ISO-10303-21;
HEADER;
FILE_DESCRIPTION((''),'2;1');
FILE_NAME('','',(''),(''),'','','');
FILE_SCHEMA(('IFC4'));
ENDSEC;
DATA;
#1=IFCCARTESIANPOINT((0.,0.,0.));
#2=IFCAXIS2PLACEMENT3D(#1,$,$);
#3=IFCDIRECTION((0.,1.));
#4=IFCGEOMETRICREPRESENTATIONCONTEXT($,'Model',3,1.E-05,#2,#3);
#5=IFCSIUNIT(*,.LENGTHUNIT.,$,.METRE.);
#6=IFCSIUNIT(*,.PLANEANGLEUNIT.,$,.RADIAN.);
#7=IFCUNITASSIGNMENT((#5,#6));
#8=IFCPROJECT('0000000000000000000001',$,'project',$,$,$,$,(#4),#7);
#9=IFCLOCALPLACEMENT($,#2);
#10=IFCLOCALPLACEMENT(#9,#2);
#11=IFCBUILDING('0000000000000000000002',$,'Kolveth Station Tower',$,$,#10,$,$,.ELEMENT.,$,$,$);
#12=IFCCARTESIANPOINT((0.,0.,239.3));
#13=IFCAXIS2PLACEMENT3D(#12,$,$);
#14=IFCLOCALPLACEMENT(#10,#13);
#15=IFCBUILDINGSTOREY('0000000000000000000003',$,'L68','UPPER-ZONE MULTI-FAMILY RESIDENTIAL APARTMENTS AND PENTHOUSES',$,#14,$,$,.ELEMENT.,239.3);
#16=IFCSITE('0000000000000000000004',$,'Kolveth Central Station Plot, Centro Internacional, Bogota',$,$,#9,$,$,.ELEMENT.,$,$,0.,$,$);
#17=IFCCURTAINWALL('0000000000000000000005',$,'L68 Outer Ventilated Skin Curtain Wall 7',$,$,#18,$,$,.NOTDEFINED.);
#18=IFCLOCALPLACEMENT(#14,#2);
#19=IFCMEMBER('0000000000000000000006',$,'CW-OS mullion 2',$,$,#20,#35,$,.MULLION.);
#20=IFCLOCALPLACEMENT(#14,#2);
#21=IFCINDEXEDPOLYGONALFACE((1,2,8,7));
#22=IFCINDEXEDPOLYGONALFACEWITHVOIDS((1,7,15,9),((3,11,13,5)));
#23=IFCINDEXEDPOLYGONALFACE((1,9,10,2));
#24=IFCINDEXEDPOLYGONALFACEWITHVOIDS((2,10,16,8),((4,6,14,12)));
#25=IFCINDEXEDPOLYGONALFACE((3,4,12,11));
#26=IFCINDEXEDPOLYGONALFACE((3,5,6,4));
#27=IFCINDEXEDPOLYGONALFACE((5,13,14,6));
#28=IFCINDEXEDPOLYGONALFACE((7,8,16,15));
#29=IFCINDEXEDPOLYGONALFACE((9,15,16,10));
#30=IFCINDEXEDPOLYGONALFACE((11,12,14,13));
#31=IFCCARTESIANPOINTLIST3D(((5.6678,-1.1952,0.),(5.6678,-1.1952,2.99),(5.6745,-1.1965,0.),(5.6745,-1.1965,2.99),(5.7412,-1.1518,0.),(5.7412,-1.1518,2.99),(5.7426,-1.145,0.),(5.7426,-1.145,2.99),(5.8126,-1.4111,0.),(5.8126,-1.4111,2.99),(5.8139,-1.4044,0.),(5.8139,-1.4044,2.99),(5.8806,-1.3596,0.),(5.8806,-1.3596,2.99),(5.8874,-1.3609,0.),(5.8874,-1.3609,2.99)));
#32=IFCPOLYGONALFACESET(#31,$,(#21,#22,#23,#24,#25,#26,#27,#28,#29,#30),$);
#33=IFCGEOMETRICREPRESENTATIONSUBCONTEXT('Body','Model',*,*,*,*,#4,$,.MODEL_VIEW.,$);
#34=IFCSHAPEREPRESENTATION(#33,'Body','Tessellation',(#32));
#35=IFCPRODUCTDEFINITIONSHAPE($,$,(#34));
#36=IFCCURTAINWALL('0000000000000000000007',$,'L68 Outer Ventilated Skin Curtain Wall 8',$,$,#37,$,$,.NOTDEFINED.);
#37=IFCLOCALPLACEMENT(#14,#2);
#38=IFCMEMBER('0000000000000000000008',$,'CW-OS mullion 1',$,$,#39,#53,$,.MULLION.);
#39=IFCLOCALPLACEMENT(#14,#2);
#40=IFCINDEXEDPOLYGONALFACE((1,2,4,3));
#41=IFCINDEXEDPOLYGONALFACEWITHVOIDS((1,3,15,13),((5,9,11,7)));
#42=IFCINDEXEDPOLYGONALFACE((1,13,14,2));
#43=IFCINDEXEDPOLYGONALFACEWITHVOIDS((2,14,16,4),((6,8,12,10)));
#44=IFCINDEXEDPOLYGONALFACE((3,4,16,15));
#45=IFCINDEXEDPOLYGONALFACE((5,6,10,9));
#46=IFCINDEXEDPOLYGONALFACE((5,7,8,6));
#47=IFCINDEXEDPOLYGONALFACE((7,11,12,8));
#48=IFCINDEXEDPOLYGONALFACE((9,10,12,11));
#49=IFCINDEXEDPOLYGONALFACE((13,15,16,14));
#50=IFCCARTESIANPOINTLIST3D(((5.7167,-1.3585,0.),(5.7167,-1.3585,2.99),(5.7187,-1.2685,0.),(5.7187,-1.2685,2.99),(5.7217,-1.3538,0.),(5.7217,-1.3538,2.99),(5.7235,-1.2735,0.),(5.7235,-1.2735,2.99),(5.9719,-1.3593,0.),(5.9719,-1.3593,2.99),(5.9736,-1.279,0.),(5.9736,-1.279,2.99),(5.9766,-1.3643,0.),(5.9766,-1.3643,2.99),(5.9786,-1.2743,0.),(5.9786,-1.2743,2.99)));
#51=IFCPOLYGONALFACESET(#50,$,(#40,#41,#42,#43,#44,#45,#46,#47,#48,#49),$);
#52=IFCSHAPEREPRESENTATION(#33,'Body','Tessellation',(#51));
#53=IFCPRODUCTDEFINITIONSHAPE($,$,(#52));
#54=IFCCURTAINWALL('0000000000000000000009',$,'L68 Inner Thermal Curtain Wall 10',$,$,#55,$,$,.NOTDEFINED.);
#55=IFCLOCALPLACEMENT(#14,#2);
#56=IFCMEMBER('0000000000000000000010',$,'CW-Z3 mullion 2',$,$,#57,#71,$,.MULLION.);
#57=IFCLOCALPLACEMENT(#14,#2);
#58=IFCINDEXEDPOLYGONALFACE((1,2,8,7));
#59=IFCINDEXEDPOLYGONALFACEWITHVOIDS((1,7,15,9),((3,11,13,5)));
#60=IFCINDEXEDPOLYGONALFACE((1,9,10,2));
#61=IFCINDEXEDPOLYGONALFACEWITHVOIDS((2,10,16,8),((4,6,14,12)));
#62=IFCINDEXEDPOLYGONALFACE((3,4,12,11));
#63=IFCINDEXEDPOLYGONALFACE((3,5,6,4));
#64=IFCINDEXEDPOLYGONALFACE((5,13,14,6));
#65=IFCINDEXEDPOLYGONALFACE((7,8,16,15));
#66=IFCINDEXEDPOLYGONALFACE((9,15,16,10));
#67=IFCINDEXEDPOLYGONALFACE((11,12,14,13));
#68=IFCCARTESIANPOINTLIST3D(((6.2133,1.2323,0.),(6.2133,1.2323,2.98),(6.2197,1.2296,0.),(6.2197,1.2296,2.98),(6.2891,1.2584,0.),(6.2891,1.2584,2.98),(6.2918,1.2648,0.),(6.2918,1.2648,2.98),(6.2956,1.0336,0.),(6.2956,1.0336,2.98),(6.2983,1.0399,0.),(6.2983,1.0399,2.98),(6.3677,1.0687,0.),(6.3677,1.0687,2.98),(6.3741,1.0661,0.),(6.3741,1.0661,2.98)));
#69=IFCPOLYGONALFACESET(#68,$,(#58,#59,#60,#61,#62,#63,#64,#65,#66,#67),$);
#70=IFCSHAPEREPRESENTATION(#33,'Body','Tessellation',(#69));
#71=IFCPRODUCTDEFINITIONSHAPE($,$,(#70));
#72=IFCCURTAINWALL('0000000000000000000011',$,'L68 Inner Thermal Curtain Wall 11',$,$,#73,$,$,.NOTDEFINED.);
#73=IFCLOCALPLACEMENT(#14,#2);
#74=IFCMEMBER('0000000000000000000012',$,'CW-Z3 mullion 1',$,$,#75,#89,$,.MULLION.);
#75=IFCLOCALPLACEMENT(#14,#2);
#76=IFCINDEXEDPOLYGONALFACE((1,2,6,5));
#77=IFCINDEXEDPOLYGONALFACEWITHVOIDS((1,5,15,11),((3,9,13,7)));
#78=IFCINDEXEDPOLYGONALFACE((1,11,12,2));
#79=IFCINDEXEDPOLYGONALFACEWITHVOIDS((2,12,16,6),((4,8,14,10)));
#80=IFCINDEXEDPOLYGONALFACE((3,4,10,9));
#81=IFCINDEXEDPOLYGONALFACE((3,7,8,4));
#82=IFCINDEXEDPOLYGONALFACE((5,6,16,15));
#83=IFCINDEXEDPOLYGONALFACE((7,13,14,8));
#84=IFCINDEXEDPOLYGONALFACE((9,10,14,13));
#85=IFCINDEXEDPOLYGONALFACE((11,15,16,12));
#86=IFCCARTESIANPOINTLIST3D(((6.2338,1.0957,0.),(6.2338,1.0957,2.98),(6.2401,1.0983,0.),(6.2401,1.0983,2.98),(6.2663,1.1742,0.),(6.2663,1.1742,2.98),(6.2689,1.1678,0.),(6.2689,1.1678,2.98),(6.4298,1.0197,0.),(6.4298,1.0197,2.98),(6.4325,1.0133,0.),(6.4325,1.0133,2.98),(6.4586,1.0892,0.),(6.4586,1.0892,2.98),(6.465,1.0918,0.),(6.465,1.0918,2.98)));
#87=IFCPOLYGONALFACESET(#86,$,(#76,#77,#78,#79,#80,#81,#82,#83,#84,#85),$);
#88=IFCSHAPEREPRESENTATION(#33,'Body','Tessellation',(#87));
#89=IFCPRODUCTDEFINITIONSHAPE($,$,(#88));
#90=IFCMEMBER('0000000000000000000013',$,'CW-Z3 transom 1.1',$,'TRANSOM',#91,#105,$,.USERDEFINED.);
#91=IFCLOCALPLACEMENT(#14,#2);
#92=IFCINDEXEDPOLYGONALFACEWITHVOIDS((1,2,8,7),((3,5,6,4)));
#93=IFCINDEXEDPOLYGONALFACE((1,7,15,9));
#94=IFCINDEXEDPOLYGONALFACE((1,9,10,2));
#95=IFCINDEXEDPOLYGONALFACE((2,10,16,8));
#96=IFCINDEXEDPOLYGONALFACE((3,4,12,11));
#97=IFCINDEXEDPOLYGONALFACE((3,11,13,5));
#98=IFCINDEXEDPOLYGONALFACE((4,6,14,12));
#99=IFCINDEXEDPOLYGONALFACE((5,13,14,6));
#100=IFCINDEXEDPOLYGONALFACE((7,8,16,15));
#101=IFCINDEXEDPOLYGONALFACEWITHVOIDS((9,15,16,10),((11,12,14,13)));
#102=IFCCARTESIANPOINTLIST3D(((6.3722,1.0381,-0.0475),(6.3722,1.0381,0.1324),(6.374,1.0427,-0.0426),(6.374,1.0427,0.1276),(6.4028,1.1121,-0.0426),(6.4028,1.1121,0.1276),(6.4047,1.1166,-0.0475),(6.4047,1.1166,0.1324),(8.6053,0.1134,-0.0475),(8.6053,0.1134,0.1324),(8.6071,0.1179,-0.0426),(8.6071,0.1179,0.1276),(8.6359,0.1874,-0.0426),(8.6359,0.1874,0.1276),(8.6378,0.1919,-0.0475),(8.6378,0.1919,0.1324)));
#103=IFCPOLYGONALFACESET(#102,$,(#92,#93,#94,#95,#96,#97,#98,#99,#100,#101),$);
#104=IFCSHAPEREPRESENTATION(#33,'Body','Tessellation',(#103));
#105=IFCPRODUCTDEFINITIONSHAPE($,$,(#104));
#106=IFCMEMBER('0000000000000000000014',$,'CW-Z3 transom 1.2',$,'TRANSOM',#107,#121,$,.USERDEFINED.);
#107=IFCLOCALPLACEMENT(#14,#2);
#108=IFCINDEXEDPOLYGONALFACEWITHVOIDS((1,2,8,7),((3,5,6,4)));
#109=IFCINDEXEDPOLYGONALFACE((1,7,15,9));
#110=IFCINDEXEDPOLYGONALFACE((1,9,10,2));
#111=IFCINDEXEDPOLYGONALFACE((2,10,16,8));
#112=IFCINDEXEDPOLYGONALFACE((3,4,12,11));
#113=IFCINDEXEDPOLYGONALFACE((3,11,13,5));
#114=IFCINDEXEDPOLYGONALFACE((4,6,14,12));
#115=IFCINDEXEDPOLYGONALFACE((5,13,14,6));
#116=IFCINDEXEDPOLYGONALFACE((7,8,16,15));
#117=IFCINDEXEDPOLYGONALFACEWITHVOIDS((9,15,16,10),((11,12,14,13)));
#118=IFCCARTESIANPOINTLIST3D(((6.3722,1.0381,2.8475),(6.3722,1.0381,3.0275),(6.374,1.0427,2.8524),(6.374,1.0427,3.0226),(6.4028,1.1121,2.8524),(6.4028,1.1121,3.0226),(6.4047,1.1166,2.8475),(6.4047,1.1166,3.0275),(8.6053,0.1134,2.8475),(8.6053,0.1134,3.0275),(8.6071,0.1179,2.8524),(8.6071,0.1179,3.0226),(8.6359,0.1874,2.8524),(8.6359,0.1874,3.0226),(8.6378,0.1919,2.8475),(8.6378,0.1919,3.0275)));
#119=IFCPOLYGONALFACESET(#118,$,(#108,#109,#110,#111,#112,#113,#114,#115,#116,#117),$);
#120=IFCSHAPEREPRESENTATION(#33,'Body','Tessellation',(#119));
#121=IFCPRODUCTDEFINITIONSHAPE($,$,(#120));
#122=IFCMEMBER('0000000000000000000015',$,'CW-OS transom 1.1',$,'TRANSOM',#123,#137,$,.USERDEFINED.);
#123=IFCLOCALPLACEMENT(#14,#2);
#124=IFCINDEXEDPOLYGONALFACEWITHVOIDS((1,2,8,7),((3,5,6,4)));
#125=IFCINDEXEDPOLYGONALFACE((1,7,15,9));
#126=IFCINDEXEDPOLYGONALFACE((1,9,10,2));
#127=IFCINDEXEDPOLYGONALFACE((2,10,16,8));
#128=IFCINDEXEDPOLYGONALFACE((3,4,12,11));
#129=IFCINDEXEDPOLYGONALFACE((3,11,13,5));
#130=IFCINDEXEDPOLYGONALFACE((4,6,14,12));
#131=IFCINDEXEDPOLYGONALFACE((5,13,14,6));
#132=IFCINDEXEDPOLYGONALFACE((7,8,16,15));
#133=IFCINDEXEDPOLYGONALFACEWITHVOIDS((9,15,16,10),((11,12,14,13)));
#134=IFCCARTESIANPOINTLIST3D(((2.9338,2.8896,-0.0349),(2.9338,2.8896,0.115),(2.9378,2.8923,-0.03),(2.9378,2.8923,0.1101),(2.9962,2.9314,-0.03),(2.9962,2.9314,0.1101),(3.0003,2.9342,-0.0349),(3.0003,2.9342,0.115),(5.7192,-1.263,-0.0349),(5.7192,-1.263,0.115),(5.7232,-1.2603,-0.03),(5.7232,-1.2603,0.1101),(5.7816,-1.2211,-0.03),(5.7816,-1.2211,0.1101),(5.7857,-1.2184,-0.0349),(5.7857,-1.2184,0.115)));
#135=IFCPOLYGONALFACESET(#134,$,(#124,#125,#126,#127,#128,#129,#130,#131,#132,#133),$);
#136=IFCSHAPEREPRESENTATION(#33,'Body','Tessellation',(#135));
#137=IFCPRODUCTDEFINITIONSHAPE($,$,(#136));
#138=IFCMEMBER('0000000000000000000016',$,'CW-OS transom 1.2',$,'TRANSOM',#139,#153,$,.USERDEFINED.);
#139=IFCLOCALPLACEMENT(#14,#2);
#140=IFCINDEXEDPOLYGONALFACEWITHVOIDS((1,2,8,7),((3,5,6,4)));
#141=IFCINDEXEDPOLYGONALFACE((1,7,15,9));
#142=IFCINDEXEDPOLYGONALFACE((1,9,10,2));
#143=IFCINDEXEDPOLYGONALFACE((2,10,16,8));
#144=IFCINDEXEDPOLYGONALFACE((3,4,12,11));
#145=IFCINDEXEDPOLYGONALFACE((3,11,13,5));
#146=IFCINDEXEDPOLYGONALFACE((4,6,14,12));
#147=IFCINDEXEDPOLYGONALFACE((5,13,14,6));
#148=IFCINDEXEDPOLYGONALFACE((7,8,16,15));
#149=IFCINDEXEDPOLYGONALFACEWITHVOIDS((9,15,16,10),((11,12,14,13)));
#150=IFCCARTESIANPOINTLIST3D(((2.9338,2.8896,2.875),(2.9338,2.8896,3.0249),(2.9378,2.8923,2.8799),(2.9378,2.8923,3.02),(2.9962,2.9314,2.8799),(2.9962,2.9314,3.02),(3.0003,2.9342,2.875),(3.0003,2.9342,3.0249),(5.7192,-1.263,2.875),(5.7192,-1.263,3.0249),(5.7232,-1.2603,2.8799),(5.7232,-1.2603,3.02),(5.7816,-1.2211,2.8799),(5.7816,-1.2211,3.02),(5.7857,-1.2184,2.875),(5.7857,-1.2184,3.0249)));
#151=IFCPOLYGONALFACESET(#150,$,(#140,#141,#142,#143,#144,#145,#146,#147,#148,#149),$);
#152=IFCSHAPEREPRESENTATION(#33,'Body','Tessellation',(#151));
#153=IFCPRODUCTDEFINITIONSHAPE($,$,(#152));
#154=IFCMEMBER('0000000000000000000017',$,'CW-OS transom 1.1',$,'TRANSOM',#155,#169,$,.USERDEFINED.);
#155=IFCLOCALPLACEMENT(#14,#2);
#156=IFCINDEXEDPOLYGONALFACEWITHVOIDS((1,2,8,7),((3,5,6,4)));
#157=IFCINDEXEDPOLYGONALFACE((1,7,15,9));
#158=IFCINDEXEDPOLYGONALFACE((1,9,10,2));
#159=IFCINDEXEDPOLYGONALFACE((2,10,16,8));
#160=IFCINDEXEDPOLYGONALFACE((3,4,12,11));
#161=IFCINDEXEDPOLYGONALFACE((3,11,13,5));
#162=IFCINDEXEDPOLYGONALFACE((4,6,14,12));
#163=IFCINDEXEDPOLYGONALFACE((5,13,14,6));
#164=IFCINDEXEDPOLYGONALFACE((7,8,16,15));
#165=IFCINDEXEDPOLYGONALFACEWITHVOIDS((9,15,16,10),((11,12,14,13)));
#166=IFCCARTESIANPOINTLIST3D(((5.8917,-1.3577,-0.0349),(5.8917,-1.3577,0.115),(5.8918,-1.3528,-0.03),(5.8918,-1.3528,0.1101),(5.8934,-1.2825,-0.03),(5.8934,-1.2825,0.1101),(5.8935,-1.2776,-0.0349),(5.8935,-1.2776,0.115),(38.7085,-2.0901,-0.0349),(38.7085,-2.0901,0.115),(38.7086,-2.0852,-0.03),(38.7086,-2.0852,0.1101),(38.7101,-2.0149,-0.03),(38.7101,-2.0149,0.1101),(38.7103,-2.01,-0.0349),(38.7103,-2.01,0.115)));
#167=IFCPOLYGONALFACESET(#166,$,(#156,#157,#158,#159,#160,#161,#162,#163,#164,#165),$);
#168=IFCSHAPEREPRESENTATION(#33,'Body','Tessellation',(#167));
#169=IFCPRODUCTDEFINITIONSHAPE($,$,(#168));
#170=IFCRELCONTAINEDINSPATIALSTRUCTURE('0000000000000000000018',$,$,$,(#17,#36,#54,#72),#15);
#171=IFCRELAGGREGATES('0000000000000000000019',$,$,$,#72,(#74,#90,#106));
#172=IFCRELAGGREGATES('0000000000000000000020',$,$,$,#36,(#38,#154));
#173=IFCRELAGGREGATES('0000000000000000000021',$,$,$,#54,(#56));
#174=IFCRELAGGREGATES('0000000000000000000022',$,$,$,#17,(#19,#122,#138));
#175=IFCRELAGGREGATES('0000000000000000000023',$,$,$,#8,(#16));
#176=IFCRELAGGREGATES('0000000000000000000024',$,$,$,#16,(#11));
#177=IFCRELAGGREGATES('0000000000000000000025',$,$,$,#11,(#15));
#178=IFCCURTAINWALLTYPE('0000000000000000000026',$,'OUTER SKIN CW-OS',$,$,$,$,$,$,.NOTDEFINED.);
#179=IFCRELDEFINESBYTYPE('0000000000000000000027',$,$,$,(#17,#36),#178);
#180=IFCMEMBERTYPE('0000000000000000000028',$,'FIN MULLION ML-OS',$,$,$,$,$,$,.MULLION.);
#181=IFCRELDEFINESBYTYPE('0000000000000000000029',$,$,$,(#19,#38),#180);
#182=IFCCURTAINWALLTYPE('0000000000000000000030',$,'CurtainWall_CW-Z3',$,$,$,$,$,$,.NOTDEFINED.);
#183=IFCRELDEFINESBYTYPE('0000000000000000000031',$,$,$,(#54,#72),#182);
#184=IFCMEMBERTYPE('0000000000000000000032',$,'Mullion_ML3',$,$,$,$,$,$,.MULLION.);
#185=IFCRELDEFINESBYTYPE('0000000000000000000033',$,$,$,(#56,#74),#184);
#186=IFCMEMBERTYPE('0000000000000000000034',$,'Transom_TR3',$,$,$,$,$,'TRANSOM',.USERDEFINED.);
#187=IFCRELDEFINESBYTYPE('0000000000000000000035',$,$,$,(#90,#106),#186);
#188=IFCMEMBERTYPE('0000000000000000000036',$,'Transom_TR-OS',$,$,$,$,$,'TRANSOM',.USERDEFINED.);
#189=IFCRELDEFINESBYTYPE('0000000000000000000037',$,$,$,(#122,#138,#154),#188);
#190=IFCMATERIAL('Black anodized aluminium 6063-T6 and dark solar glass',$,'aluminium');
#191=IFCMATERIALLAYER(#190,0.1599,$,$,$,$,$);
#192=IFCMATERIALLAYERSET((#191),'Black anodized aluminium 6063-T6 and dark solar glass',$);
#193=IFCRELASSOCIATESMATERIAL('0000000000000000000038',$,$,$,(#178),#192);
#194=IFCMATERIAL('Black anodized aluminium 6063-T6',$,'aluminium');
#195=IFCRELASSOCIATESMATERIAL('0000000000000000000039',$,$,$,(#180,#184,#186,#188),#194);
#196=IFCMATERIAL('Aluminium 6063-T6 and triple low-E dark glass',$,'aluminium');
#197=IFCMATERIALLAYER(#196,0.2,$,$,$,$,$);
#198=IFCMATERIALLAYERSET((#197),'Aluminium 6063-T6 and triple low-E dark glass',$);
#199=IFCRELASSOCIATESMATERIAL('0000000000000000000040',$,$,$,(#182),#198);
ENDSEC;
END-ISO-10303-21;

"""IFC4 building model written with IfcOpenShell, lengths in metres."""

from ifc_helpers import new_model, si_unit, direction, frame, origin, origin_2d, place, context, subcontext, project, spatial, hollow_rectangle, extrude, source, transform, mapped, material, layer, layer_set, material_profile, profile_set, type_object, element, aggregate, save


model = new_model("IFC4")

# Units and contexts
model_context = context("Model", 3, precision=1e-05, world=origin(), true_north=direction((0.0, 1.0)))
body_context = subcontext(model_context, "Body", "Model", "MODEL_VIEW")
ifc_project = project(units=[si_unit("LENGTHUNIT", "METRE"), si_unit("PLANEANGLEUNIT", "RADIAN")], contexts=[model_context])

# Site, building, storey
site_placement = place(None, origin())
site = spatial("IfcSite", under=ifc_project, at=site_placement, Name="Kolveth Central Station Plot, Centro Internacional, Bogota", CompositionType="ELEMENT", RefElevation=0.0)
building_placement = place(site_placement, origin())
building = spatial("IfcBuilding", under=site, at=building_placement, Name="Kolveth Station Tower", CompositionType="ELEMENT")
storey_placement = place(building_placement, frame((0.0, 0.0, 239.3)))
storey = spatial("IfcBuildingStorey", under=building, at=storey_placement, Name="L68", Description="UPPER-ZONE MULTI-FAMILY RESIDENTIAL APARTMENTS AND PENTHOUSES", CompositionType="ELEMENT", Elevation=239.3)

# Curtain walls, members
ifc_material_1 = material(Name="Black anodized aluminium 6063-T6 and dark solar glass", Category="aluminium")
ifc_layer_1 = layer(ifc_material_1, 0.1599)
ifc_layer_set_1 = layer_set([ifc_layer_1], Name="Black anodized aluminium 6063-T6 and dark solar glass")
curtain_wall_type_1 = type_object("IfcCurtainWallType", Name="OUTER SKIN CW-OS", PredefinedType="NOTDEFINED", material=ifc_layer_set_1)
curtain_wall_1_placement = place(storey_placement, origin())
curtain_wall_1 = element("IfcCurtainWall", 1, at=curtain_wall_1_placement, inside=storey, type_object=curtain_wall_type_1, Name="L68 Outer Ventilated Skin Curtain Wall 7", PredefinedType="NOTDEFINED")
ifc_material_2 = material(Name="Black anodized aluminium 6063-T6", Category="aluminium")
ifc_material_profile_1 = material_profile(ifc_material_2, hollow_rectangle(XDim=0.0901, YDim=0.26, WallThickness=0.0049, at=origin_2d()), Name="ALU-90x260x5")
ifc_profile_set_1 = profile_set([ifc_material_profile_1], Name="Black anodized aluminium 6063-T6")
member_type_1 = type_object("IfcMemberType", Name="FIN MULLION ML-OS", PredefinedType="MULLION", material=ifc_profile_set_1)
shared_shape_1 = source(origin(), body_context, "Body", "SweptSolid", [
    extrude(hollow_rectangle(XDim=0.0901, YDim=0.26, WallThickness=0.0049, at=origin_2d()), origin(), (0.0, 0.0, 1.0), 2.99),
])
member_1_placement = place(storey_placement, frame((5.7776, -1.2781, 0.0), z_axis=(0.0, 0.0, 1.0), x_axis=(0.830458, 0.557081, 0.0)))
member_1 = element("IfcMember", 2, at=member_1_placement, type_object=member_type_1, Name="CW-OS mullion 2", PredefinedType="MULLION", context=body_context, shape_type="MappedRepresentation", body=[
    mapped(shared_shape_1, transform((0.0, 0.0, 0.0), x_axis=(1.0, 0.0, 0.0), y_axis=(0.0, 1.0, 0.0), z_axis=(0.0, 0.0, 1.0), scale=1.0)),
])
curtain_wall_2_placement = place(storey_placement, origin())
curtain_wall_2 = element("IfcCurtainWall", 3, at=curtain_wall_2_placement, inside=storey, type_object=curtain_wall_type_1, Name="L68 Outer Ventilated Skin Curtain Wall 8", PredefinedType="NOTDEFINED")
member_2_placement = place(storey_placement, frame((5.8477, -1.3164, 0.0), z_axis=(0.0, 0.0, 1.0), x_axis=(0.022315, 0.999751, 0.0)))
member_2 = element("IfcMember", 4, at=member_2_placement, type_object=member_type_1, Name="CW-OS mullion 1", PredefinedType="MULLION", context=body_context, shape_type="MappedRepresentation", body=[
    mapped(shared_shape_1, transform((0.0, 0.0, 0.0), x_axis=(1.0, 0.0, 0.0), y_axis=(0.0, 1.0, 0.0), z_axis=(0.0, 0.0, 1.0), scale=1.0)),
])
ifc_material_3 = material(Name="Aluminium 6063-T6 and triple low-E dark glass", Category="aluminium")
ifc_layer_2 = layer(ifc_material_3, 0.2)
ifc_layer_set_2 = layer_set([ifc_layer_2], Name="Aluminium 6063-T6 and triple low-E dark glass")
curtain_wall_type_2 = type_object("IfcCurtainWallType", Name="CurtainWall_CW-Z3", PredefinedType="NOTDEFINED", material=ifc_layer_set_2)
curtain_wall_3_placement = place(storey_placement, origin())
curtain_wall_3 = element("IfcCurtainWall", 5, at=curtain_wall_3_placement, inside=storey, type_object=curtain_wall_type_2, Name="L68 Inner Thermal Curtain Wall 10", PredefinedType="NOTDEFINED")
ifc_material_profile_2 = material_profile(ifc_material_2, hollow_rectangle(XDim=0.085, YDim=0.2151, WallThickness=0.0049, at=origin_2d()), Name="ALU-85x215x5")
ifc_profile_set_2 = profile_set([ifc_material_profile_2], Name="Black anodized aluminium 6063-T6")
member_type_2 = type_object("IfcMemberType", Name="Mullion_ML3", PredefinedType="MULLION", material=ifc_profile_set_2)
shared_shape_2 = source(origin(), body_context, "Body", "SweptSolid", [
    extrude(hollow_rectangle(XDim=0.085, YDim=0.2151, WallThickness=0.0049, at=origin_2d()), origin(), (0.0, 0.0, 1.0), 2.98),
])
member_3_placement = place(storey_placement, frame((6.2937, 1.1492, 0.0), z_axis=(0.0, 0.0, 1.0), x_axis=(0.923875, 0.382693, 0.0)))
member_3 = element("IfcMember", 6, at=member_3_placement, type_object=member_type_2, Name="CW-Z3 mullion 2", PredefinedType="MULLION", context=body_context, shape_type="MappedRepresentation", body=[
    mapped(shared_shape_2, transform((0.0, 0.0, 0.0), x_axis=(1.0, 0.0, 0.0), y_axis=(0.0, 1.0, 0.0), z_axis=(0.0, 0.0, 1.0), scale=1.0)),
])

# Curtain wall, members
curtain_wall_4_placement = place(storey_placement, origin())
curtain_wall_4 = element("IfcCurtainWall", 7, at=curtain_wall_4_placement, inside=storey, type_object=curtain_wall_type_2, Name="L68 Inner Thermal Curtain Wall 11", PredefinedType="NOTDEFINED")
member_4_placement = place(storey_placement, frame((6.3494, 1.0938, 0.0), z_axis=(0.0, 0.0, 1.0), x_axis=(0.382693, 0.923875, 0.0)))
member_4 = element("IfcMember", 8, at=member_4_placement, type_object=member_type_2, Name="CW-Z3 mullion 1", PredefinedType="MULLION", context=body_context, shape_type="MappedRepresentation", body=[
    mapped(shared_shape_2, transform((0.0, 0.0, 0.0), x_axis=(1.0, 0.0, 0.0), y_axis=(0.0, 1.0, 0.0), z_axis=(0.0, 0.0, 1.0), scale=1.0)),
])
ifc_material_profile_3 = material_profile(ifc_material_2, hollow_rectangle(XDim=0.085, YDim=0.1799, WallThickness=0.0049, at=origin_2d()), Name="ALU-85x180x5")
ifc_profile_set_3 = profile_set([ifc_material_profile_3], Name="Black anodized aluminium 6063-T6")
member_type_3 = type_object("IfcMemberType", Name="Transom_TR3", ElementType="TRANSOM", PredefinedType="USERDEFINED", material=ifc_profile_set_3)
shared_shape_3 = source(origin(), body_context, "Body", "SweptSolid", [
    extrude(hollow_rectangle(XDim=0.085, YDim=0.1799, WallThickness=0.0049, at=origin_2d()), origin(), (0.0, 0.0, 1.0), 2.417),
])
member_5_placement = place(storey_placement, frame((6.3884, 1.0774, 0.0425), z_axis=(0.923909, -0.382613, 0.0), x_axis=(0.382613, 0.923909, 0.0)))
member_5 = element("IfcMember", 9, at=member_5_placement, type_object=member_type_3, Name="CW-Z3 transom 1.1", ObjectType="TRANSOM", PredefinedType="USERDEFINED", context=body_context, shape_type="MappedRepresentation", body=[
    mapped(shared_shape_3, transform((0.0, 0.0, 0.0), x_axis=(1.0, 0.0, 0.0), y_axis=(0.0, 1.0, 0.0), z_axis=(0.0, 0.0, 1.0), scale=1.0)),
])
member_6_placement = place(storey_placement, frame((6.3884, 1.0774, 2.9375), z_axis=(0.923909, -0.382613, 0.0), x_axis=(0.382613, 0.923909, 0.0)))
member_6 = element("IfcMember", 10, at=member_6_placement, type_object=member_type_3, Name="CW-Z3 transom 1.2", ObjectType="TRANSOM", PredefinedType="USERDEFINED", context=body_context, shape_type="MappedRepresentation", body=[
    mapped(shared_shape_3, transform((0.0, 0.0, 0.0), x_axis=(1.0, 0.0, 0.0), y_axis=(0.0, 1.0, 0.0), z_axis=(0.0, 0.0, 1.0), scale=1.0)),
])
aggregate(curtain_wall_4, [member_4, member_5, member_6])

# Members
ifc_material_profile_4 = material_profile(ifc_material_2, hollow_rectangle(XDim=0.0801, YDim=0.1499, WallThickness=0.0049, at=origin_2d()), Name="ALU-80x150x5")
ifc_profile_set_4 = profile_set([ifc_material_profile_4], Name="Black anodized aluminium 6063-T6")
member_type_4 = type_object("IfcMemberType", Name="Transom_TR-OS", ElementType="TRANSOM", PredefinedType="USERDEFINED", material=ifc_profile_set_4)
shared_shape_4 = source(origin(), body_context, "Body", "SweptSolid", [
    extrude(hollow_rectangle(XDim=0.0801, YDim=0.1499, WallThickness=0.0049, at=origin_2d()), origin(), (0.0, 0.0, 1.0), 5.0002),
])
member_7_placement = place(storey_placement, frame((2.967, 2.9119, 0.04), z_axis=(0.557053, -0.830477, 0.0), x_axis=(0.830477, 0.557053, 0.0)))
member_7 = element("IfcMember", 11, at=member_7_placement, type_object=member_type_4, Name="CW-OS transom 1.1", ObjectType="TRANSOM", PredefinedType="USERDEFINED", context=body_context, shape_type="MappedRepresentation", body=[
    mapped(shared_shape_4, transform((0.0, 0.0, 0.0), x_axis=(1.0, 0.0, 0.0), y_axis=(0.0, 1.0, 0.0), z_axis=(0.0, 0.0, 1.0), scale=1.0)),
])
member_8_placement = place(storey_placement, frame((2.967, 2.9119, 2.95), z_axis=(0.557053, -0.830477, 0.0), x_axis=(0.830477, 0.557053, 0.0)))
member_8 = element("IfcMember", 12, at=member_8_placement, type_object=member_type_4, Name="CW-OS transom 1.2", ObjectType="TRANSOM", PredefinedType="USERDEFINED", context=body_context, shape_type="MappedRepresentation", body=[
    mapped(shared_shape_4, transform((0.0, 0.0, 0.0), x_axis=(1.0, 0.0, 0.0), y_axis=(0.0, 1.0, 0.0), z_axis=(0.0, 0.0, 1.0), scale=1.0)),
])
shared_shape_5 = source(origin(), body_context, "Body", "SweptSolid", [
    extrude(hollow_rectangle(XDim=0.0801, YDim=0.1499, WallThickness=0.0049, at=origin_2d()), origin(), (0.0, 0.0, 1.0), 32.825),
])
member_9_placement = place(storey_placement, frame((5.8926, -1.3176, 0.04), z_axis=(0.999751, -0.022313, 0.0), x_axis=(0.022313, 0.999751, 0.0)))
member_9 = element("IfcMember", 13, at=member_9_placement, type_object=member_type_4, Name="CW-OS transom 1.1", ObjectType="TRANSOM", PredefinedType="USERDEFINED", context=body_context, shape_type="MappedRepresentation", body=[
    mapped(shared_shape_5, transform((0.0, 0.0, 0.0), x_axis=(1.0, 0.0, 0.0), y_axis=(0.0, 1.0, 0.0), z_axis=(0.0, 0.0, 1.0), scale=1.0)),
])
aggregate(curtain_wall_2, [member_2, member_9])

aggregate(curtain_wall_3, [member_3])
aggregate(curtain_wall_1, [member_1, member_7, member_8])

save(model, "model.ifc")
